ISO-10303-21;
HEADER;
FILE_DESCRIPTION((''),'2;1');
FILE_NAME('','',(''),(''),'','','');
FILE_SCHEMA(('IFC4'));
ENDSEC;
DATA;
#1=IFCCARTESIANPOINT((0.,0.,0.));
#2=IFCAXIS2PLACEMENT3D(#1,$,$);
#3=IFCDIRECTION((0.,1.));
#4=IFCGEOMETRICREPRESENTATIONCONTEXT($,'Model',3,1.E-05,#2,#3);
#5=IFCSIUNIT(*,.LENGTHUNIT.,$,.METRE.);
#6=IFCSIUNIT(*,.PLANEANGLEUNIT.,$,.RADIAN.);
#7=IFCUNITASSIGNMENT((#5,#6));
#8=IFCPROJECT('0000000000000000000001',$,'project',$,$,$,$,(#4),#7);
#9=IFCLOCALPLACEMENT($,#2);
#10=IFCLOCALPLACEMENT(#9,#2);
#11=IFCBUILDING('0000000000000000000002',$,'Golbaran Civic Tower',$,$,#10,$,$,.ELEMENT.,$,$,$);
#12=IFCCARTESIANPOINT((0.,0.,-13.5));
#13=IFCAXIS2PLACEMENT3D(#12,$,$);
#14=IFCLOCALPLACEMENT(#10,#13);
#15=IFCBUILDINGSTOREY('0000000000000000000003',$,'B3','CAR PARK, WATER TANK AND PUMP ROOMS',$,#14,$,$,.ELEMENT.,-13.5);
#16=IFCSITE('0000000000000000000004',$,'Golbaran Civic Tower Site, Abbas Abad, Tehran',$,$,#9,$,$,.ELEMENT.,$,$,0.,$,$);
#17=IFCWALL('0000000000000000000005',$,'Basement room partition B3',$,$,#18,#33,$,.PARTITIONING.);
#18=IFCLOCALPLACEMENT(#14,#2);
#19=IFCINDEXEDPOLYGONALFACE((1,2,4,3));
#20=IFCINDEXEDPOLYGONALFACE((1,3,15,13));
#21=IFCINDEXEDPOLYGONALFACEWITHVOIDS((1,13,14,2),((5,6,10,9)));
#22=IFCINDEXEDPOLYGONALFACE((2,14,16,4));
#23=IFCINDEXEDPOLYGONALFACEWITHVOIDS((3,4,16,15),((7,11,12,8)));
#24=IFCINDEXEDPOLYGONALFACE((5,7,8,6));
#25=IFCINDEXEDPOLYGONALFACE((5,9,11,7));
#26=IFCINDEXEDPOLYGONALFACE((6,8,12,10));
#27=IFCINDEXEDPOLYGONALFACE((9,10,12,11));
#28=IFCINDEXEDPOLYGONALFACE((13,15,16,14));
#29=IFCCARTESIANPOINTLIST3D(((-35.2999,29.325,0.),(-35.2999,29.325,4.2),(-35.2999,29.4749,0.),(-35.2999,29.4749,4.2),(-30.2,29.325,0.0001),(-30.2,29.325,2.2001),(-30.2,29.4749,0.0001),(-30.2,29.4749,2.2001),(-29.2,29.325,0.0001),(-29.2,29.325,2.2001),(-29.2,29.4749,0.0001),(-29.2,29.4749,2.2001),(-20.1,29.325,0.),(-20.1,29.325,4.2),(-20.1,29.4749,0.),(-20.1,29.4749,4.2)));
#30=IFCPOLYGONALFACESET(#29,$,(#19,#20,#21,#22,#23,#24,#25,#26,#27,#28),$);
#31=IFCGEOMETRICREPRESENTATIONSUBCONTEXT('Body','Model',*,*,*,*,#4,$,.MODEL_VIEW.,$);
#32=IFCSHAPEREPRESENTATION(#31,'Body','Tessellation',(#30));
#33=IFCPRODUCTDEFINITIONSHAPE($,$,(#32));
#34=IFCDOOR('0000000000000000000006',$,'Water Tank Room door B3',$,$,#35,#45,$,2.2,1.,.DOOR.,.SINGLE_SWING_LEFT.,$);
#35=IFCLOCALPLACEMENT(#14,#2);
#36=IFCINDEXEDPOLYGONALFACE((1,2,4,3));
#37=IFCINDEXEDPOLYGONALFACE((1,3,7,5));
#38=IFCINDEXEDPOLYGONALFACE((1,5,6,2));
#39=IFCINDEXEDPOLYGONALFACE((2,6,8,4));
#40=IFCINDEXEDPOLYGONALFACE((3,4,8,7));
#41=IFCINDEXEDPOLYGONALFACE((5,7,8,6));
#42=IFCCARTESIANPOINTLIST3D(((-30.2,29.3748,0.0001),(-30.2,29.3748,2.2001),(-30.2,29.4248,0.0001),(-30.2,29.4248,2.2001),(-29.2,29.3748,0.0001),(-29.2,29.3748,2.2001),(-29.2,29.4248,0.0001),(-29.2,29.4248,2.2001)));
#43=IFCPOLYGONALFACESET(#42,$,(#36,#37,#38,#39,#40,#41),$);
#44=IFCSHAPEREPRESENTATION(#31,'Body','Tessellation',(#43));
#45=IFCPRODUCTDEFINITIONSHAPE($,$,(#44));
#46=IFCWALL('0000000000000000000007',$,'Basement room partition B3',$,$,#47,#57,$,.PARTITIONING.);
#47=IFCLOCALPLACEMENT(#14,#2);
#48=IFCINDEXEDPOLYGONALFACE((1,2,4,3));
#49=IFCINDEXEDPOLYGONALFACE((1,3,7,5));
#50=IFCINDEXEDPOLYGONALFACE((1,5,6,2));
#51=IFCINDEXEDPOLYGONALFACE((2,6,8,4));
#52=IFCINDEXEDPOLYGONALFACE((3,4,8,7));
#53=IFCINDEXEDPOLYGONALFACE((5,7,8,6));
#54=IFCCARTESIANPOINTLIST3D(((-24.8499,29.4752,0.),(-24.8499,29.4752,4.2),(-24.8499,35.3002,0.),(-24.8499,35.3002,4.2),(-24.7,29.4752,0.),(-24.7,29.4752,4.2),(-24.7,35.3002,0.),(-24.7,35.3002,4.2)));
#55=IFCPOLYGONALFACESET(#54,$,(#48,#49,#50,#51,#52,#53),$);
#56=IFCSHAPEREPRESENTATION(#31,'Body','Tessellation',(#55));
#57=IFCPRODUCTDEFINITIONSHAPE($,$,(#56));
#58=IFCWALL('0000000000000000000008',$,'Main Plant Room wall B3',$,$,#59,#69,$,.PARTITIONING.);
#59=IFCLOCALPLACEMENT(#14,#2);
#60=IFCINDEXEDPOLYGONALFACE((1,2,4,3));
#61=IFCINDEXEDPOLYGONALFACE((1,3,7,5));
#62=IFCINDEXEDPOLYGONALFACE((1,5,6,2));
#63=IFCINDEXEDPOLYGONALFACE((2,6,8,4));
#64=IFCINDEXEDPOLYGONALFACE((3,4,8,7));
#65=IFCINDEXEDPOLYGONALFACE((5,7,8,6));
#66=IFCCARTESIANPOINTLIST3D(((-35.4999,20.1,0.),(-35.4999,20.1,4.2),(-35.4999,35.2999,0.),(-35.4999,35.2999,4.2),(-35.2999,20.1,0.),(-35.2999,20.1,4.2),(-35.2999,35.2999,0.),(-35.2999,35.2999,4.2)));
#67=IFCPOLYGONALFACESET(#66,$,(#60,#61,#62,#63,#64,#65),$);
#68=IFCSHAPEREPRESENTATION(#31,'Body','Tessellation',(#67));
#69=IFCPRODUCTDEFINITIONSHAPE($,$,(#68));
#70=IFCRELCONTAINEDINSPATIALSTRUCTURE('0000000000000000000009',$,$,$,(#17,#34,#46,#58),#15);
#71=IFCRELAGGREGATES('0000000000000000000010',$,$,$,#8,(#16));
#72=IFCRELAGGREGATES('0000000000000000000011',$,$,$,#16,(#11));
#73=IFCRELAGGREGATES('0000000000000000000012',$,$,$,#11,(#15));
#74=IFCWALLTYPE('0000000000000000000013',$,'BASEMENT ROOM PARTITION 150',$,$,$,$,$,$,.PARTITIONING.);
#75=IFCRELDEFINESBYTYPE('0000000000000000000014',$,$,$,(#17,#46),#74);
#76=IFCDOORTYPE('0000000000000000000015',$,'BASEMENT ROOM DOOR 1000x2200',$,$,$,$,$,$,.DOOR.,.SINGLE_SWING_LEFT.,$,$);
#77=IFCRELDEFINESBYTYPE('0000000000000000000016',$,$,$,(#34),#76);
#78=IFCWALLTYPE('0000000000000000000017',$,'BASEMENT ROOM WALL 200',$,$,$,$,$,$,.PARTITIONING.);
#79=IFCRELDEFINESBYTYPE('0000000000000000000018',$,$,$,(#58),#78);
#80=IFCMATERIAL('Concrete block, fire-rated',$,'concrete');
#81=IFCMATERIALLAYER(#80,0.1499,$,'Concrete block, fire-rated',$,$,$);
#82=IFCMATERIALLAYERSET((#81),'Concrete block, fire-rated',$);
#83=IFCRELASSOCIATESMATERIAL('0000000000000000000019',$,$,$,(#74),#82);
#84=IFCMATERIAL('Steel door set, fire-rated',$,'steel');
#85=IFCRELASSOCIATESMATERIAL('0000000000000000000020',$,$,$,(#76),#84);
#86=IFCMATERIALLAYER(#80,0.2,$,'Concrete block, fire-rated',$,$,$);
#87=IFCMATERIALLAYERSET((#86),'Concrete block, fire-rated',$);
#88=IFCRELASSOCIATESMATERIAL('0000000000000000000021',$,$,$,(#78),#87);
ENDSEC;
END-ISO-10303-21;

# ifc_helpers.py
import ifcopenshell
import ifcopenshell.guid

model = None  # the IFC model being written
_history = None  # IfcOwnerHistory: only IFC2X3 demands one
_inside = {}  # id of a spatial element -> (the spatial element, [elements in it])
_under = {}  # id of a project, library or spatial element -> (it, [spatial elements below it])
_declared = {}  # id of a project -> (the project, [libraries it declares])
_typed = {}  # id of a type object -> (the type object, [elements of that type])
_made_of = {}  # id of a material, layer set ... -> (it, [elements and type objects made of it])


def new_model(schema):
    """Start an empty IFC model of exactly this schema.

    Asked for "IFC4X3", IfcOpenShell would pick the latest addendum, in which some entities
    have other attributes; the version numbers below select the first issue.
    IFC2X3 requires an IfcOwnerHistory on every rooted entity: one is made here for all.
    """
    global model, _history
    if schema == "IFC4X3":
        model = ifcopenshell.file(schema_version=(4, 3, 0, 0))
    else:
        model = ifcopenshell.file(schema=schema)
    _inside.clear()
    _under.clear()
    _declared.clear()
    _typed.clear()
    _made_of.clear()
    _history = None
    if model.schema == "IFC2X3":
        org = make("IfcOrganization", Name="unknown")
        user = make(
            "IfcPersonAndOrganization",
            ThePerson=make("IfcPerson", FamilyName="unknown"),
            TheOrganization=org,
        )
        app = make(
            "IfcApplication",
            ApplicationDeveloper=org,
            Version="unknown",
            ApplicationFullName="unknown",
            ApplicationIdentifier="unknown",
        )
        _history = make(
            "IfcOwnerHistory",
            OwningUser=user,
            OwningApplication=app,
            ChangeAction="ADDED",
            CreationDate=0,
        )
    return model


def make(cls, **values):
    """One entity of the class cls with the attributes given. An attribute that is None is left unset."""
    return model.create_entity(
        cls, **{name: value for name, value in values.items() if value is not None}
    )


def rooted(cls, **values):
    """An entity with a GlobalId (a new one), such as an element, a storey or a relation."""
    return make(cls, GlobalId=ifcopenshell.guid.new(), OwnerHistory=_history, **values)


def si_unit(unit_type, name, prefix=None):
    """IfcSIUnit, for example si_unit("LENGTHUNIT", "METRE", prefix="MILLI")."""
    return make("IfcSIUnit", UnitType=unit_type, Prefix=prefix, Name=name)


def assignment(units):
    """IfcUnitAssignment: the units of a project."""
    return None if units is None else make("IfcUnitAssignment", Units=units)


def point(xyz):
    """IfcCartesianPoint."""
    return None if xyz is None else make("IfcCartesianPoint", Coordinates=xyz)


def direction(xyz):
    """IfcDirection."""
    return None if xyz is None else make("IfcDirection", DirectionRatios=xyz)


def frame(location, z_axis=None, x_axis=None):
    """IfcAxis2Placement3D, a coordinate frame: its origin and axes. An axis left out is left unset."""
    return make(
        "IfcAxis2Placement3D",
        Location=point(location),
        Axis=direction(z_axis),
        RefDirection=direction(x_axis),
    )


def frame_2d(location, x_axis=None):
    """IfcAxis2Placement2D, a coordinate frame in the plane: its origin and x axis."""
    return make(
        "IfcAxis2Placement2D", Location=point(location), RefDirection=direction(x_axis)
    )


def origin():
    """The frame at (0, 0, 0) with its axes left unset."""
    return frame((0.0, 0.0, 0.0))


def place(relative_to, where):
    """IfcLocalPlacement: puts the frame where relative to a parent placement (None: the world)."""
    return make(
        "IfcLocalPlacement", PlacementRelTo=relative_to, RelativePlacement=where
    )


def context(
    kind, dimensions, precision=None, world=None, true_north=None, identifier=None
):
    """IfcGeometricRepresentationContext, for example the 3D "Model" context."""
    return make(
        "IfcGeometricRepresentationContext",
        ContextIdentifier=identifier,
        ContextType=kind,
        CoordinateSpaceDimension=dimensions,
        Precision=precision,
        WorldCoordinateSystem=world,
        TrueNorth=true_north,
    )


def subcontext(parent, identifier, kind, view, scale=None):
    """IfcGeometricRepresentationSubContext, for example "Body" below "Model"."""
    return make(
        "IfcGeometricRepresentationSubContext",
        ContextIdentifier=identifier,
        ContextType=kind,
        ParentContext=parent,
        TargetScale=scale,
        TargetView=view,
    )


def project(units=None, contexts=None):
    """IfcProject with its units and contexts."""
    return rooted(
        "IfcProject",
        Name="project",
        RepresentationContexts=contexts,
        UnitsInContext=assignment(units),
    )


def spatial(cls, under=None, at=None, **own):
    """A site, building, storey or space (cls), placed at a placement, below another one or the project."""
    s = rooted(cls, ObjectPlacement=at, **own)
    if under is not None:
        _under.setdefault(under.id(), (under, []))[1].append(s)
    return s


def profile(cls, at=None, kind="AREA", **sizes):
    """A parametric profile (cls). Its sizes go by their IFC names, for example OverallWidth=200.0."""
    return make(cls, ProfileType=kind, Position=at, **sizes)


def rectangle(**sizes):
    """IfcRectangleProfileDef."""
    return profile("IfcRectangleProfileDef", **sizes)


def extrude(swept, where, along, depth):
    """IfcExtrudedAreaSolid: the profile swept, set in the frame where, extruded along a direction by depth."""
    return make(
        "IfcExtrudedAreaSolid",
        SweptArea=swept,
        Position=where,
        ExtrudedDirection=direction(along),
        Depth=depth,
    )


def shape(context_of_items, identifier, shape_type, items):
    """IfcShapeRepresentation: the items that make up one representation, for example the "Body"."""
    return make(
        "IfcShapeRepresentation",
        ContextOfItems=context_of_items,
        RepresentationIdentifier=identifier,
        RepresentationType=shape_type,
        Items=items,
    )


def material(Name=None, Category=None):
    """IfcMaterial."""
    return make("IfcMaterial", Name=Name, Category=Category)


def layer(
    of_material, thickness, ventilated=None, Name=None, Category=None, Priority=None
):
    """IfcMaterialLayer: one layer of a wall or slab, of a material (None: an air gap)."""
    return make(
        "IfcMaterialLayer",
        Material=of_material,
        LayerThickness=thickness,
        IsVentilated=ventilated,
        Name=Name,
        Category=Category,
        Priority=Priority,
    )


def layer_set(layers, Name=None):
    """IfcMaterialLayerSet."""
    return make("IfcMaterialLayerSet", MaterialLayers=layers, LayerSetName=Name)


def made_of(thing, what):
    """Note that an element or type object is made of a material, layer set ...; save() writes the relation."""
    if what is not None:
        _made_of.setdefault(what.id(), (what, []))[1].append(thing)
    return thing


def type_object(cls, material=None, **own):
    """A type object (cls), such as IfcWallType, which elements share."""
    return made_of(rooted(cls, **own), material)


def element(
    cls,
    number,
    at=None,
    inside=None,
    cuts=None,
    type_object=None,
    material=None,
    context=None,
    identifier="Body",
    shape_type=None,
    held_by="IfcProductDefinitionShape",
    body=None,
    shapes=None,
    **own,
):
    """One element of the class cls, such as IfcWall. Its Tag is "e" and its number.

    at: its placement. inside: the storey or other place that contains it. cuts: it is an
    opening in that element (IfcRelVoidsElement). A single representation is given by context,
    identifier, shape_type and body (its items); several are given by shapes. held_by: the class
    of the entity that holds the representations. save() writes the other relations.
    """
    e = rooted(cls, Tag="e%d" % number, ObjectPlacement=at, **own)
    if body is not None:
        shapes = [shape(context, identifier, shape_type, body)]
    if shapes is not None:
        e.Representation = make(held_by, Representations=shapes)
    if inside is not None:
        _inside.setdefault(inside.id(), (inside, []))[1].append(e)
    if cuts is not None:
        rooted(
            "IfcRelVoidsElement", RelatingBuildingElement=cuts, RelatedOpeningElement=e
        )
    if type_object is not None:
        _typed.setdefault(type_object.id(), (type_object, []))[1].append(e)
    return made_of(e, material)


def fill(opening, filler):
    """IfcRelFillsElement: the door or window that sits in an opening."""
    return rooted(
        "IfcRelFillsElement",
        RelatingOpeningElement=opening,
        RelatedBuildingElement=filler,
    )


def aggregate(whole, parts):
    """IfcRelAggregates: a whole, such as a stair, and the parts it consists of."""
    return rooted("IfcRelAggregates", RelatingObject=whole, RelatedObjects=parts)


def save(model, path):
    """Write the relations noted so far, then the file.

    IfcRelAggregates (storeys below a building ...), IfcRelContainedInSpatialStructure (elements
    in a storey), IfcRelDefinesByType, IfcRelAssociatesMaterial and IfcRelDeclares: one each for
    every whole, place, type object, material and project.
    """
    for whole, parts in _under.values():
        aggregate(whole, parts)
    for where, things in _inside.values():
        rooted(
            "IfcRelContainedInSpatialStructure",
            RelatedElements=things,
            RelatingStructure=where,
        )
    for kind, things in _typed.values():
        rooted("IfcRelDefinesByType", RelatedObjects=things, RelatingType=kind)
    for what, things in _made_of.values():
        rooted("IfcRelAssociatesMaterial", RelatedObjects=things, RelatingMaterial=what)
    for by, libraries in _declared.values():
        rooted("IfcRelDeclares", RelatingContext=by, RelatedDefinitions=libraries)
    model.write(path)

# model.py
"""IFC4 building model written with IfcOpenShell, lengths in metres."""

from ifc_helpers import new_model, si_unit, direction, frame, frame_2d, origin, place, context, subcontext, project, spatial, rectangle, extrude, material, layer, layer_set, type_object, element, fill, save


model = new_model("IFC4")

# Units and contexts
model_context = context("Model", 3, precision=1e-05, world=origin(), true_north=direction((0.0, 1.0)))
body_context = subcontext(model_context, "Body", "Model", "MODEL_VIEW")
ifc_project = project(units=[si_unit("LENGTHUNIT", "METRE"), si_unit("PLANEANGLEUNIT", "RADIAN")], contexts=[model_context])

# Site, building, storey
site_placement = place(None, origin())
site = spatial("IfcSite", under=ifc_project, at=site_placement, Name="Golbaran Civic Tower Site, Abbas Abad, Tehran", CompositionType="ELEMENT", RefElevation=0.0)
building_placement = place(site_placement, origin())
building = spatial("IfcBuilding", under=site, at=building_placement, Name="Golbaran Civic Tower", CompositionType="ELEMENT")
storey_placement = place(building_placement, frame((0.0, 0.0, -13.5)))
storey = spatial("IfcBuildingStorey", under=building, at=storey_placement, Name="B3", Description="CAR PARK, WATER TANK AND PUMP ROOMS", CompositionType="ELEMENT", Elevation=-13.5)

# Wall, opening, door
ifc_material_1 = material(Name="Concrete block, fire-rated", Category="concrete")
ifc_layer_1 = layer(ifc_material_1, 0.1499, Name="Concrete block, fire-rated")
ifc_layer_set_1 = layer_set([ifc_layer_1], Name="Concrete block, fire-rated")
wall_type_1 = type_object("IfcWallType", Name="BASEMENT ROOM PARTITION 150", PredefinedType="PARTITIONING", material=ifc_layer_set_1)
wall_1_placement = place(storey_placement, frame((-35.3, 29.3999, 0.0), z_axis=(0.0, 0.0, 1.0), x_axis=(1.0, 0.0, 0.0)))
wall_1 = element("IfcWall", 1, at=wall_1_placement, inside=storey, type_object=wall_type_1, Name="Basement room partition B3", PredefinedType="PARTITIONING", context=body_context, shape_type="SweptSolid", body=[
    extrude(rectangle(XDim=15.2, YDim=0.1499, at=frame_2d((7.6001, 0.0))), origin(), (0.0, 0.0, 1.0), 4.2),
])
opening_placement = place(wall_1_placement, frame((5.1001, 0.0, 0.0)))
opening = element("IfcOpeningElement", 2, at=opening_placement, cuts=wall_1, PredefinedType="OPENING", context=body_context, shape_type="SweptSolid", body=[
    extrude(rectangle(XDim=1.0, YDim=2.2, at=frame_2d((0.5, 1.1001))), frame((0.0, 0.085, 0.0), z_axis=(0.0, -1.0, 0.0), x_axis=(1.0, 0.0, 0.0)), (0.0, 0.0, 1.0), 0.1699),
])
ifc_material_2 = material(Name="Steel door set, fire-rated", Category="steel")
door_type = type_object("IfcDoorType", Name="BASEMENT ROOM DOOR 1000x2200", OperationType="SINGLE_SWING_LEFT", PredefinedType="DOOR", material=ifc_material_2)
door_placement = place(opening_placement, origin())
door = element("IfcDoor", 3, at=door_placement, inside=storey, type_object=door_type, Name="Water Tank Room door B3", OperationType="SINGLE_SWING_LEFT", OverallHeight=2.2, OverallWidth=1.0, PredefinedType="DOOR", context=body_context, shape_type="SweptSolid", body=[
    extrude(rectangle(XDim=1.0, YDim=2.2, at=frame_2d((0.5, 1.1001))), frame((0.0, 0.0249, 0.0), z_axis=(0.0, -1.0, 0.0), x_axis=(1.0, 0.0, 0.0)), (0.0, 0.0, 1.0), 0.05),
])
fill(opening, door)

# Walls
wall_2_placement = place(storey_placement, frame((-24.7749, 29.4751, 0.0), z_axis=(0.0, 0.0, 1.0), x_axis=(0.0, 1.0, 0.0)))
element("IfcWall", 4, at=wall_2_placement, inside=storey, type_object=wall_type_1, Name="Basement room partition B3", PredefinedType="PARTITIONING", context=body_context, shape_type="SweptSolid", body=[
    extrude(rectangle(XDim=5.825, YDim=0.1499, at=frame_2d((2.9126, 0.0))), origin(), (0.0, 0.0, 1.0), 4.2),
])
ifc_layer_2 = layer(ifc_material_1, 0.2, Name="Concrete block, fire-rated")
ifc_layer_set_2 = layer_set([ifc_layer_2], Name="Concrete block, fire-rated")
wall_type_2 = type_object("IfcWallType", Name="BASEMENT ROOM WALL 200", PredefinedType="PARTITIONING", material=ifc_layer_set_2)
wall_3_placement = place(storey_placement, frame((-35.3999, 35.3, 0.0), z_axis=(0.0, 0.0, 1.0), x_axis=(0.0, -1.0, 0.0)))
element("IfcWall", 5, at=wall_3_placement, inside=storey, type_object=wall_type_2, Name="Main Plant Room wall B3", PredefinedType="PARTITIONING", context=body_context, shape_type="SweptSolid", body=[
    extrude(rectangle(XDim=15.2, YDim=0.2, at=frame_2d((7.6001, 0.0))), origin(), (0.0, 0.0, 1.0), 4.2),
])

save(model, "model.ifc")
